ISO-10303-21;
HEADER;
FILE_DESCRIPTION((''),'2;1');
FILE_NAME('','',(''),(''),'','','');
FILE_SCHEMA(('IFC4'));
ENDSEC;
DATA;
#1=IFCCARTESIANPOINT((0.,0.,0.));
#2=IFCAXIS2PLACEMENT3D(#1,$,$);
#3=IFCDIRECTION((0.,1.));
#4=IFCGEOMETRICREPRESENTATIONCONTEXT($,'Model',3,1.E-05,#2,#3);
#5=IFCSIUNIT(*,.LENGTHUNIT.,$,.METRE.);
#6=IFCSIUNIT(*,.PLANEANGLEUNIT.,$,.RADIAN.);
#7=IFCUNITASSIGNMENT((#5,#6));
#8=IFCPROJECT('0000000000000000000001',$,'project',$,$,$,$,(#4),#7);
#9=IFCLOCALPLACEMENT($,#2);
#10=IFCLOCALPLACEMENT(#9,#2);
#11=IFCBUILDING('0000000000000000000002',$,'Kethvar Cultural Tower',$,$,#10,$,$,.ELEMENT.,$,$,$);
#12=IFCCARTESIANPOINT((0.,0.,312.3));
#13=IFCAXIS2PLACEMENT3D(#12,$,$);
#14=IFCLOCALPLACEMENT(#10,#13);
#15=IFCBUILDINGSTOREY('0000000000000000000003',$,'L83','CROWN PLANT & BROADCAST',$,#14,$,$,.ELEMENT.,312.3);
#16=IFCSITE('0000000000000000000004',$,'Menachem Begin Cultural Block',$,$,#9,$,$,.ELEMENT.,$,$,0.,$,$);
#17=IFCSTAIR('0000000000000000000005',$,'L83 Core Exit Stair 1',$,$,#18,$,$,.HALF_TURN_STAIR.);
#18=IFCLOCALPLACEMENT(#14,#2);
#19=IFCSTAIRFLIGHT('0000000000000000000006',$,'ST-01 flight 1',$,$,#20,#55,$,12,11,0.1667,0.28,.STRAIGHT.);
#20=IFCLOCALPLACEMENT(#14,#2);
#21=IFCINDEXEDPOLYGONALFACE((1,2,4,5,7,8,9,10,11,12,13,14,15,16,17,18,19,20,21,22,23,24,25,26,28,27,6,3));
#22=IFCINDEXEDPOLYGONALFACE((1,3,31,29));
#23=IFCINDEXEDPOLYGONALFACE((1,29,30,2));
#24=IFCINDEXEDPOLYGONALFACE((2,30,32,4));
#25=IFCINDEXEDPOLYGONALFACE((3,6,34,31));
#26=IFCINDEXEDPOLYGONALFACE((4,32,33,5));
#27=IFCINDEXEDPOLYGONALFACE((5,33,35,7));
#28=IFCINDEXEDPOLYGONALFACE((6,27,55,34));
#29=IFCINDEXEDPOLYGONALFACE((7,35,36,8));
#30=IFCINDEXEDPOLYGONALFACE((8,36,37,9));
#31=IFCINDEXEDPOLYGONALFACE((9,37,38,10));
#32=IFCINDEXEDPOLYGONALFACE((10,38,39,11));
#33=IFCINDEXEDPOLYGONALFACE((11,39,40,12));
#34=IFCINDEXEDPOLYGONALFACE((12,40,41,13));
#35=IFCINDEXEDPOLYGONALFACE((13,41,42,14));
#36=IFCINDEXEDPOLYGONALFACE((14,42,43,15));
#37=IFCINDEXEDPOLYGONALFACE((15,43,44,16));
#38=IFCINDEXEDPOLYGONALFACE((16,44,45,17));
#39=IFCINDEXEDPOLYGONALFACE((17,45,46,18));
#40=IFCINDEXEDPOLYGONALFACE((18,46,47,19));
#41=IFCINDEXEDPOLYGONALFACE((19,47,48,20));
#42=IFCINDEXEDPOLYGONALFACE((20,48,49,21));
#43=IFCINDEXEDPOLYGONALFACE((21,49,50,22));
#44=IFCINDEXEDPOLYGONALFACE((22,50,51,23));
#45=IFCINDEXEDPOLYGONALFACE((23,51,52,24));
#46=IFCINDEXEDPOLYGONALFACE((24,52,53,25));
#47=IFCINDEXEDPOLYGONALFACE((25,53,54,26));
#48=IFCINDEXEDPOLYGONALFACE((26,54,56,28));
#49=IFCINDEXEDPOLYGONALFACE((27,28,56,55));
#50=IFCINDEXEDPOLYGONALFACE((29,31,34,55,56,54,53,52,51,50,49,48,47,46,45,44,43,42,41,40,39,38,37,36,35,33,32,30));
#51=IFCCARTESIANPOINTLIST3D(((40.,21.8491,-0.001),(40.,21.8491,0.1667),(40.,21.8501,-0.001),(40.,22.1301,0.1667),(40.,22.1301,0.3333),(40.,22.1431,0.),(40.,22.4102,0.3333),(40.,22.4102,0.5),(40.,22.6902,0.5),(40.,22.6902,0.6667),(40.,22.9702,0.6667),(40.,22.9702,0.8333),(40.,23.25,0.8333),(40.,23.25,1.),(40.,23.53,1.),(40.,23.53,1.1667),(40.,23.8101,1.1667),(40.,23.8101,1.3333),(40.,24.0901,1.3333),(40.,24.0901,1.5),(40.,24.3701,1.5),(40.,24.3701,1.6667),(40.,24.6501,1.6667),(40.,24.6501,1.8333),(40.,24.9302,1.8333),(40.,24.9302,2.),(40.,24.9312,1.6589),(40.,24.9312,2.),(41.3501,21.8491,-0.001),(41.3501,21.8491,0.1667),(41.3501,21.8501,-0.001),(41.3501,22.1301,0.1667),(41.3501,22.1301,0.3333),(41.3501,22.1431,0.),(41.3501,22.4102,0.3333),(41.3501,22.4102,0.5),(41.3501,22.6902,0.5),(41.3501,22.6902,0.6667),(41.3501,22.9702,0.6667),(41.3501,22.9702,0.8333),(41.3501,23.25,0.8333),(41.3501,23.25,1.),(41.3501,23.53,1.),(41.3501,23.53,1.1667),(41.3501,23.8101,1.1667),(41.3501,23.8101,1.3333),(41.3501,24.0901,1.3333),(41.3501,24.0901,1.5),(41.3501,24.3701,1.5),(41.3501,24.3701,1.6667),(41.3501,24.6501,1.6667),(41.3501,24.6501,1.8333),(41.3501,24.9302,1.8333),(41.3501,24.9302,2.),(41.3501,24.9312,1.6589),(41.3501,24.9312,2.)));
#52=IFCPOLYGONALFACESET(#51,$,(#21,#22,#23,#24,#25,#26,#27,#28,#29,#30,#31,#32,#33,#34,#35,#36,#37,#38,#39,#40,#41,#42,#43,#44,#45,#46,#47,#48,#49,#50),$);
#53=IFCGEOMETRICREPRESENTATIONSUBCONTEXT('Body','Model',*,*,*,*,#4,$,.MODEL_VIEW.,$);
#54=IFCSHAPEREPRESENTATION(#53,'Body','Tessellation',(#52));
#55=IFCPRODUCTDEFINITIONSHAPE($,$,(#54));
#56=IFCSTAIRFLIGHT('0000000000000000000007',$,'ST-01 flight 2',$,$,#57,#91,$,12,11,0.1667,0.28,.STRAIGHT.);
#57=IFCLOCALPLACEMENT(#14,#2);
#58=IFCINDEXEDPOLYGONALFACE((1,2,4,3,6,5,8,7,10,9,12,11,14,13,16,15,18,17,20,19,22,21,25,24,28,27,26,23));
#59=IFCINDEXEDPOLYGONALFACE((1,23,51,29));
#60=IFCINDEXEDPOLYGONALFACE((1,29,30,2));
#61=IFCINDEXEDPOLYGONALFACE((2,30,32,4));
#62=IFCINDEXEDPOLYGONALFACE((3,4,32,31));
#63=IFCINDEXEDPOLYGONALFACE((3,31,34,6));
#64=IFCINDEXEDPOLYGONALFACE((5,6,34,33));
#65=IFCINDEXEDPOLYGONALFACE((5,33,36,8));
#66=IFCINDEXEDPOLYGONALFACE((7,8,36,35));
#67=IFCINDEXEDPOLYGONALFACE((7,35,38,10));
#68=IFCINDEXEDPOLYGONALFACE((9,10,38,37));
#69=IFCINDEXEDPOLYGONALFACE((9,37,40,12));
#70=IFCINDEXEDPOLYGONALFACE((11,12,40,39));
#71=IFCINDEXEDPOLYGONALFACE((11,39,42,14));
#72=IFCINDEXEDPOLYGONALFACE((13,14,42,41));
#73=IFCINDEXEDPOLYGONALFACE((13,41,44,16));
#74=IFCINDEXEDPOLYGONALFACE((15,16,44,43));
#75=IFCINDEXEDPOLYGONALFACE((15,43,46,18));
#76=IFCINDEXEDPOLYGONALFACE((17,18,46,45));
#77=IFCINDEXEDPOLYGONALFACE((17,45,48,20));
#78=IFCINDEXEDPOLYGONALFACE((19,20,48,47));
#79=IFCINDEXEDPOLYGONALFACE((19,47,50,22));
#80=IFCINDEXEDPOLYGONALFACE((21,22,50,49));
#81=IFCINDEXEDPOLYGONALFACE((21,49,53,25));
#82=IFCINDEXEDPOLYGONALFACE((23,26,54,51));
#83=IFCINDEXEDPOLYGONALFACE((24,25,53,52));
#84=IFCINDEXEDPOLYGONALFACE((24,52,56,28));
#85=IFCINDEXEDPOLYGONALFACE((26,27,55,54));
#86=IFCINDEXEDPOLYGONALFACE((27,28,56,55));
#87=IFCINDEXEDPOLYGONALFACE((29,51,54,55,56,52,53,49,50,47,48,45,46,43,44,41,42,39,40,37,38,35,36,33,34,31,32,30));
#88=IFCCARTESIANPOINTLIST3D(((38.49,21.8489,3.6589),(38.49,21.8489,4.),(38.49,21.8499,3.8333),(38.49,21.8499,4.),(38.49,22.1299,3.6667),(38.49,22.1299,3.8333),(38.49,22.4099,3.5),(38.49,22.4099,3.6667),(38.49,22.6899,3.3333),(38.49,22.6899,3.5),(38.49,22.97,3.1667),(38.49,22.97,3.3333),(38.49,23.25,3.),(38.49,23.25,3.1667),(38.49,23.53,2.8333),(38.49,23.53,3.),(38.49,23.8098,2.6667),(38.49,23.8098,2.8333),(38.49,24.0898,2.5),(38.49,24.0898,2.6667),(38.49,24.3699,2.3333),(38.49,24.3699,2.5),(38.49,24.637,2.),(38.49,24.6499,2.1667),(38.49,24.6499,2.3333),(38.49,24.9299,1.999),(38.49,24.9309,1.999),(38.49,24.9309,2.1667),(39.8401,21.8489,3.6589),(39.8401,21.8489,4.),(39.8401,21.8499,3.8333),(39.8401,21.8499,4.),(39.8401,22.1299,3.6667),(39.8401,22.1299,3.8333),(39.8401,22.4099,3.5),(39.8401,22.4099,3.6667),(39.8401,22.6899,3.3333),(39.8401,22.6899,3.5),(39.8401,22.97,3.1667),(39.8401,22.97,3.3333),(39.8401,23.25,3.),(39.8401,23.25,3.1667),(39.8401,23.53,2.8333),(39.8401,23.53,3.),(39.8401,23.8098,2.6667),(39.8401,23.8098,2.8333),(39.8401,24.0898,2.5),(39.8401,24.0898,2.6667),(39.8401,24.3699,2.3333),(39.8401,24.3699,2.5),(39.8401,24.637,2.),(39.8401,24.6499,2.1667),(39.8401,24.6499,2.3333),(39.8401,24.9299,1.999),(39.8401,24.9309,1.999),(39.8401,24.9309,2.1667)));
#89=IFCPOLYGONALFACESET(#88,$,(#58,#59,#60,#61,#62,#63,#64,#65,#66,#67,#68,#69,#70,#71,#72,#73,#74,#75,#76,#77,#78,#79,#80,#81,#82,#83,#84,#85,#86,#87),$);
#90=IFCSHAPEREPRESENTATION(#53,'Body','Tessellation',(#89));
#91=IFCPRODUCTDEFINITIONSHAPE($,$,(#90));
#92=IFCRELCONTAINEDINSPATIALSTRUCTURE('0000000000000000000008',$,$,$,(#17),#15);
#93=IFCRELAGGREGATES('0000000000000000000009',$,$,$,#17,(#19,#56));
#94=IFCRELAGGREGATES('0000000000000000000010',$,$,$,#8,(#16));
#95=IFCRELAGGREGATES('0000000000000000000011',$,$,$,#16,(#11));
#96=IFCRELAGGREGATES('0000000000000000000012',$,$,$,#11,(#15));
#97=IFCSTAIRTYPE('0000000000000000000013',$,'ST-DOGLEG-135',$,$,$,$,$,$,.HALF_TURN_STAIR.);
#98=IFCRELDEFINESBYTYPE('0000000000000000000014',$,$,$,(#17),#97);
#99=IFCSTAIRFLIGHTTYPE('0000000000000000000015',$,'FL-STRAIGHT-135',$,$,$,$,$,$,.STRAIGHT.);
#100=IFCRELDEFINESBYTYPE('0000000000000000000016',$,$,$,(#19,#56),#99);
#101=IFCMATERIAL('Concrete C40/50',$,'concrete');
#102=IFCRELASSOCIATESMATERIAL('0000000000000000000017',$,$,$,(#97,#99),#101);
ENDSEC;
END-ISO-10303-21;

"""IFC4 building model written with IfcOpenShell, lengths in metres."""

from ifc_helpers import new_model, si_unit, direction, frame, origin, place, context, subcontext, project, spatial, polyline, outline, extrude, material, type_object, element, aggregate, save


model = new_model("IFC4")

# Units and contexts
model_context = context("Model", 3, precision=1e-05, world=origin(), true_north=direction((0.0, 1.0)))
body_context = subcontext(model_context, "Body", "Model", "MODEL_VIEW")
ifc_project = project(units=[si_unit("LENGTHUNIT", "METRE"), si_unit("PLANEANGLEUNIT", "RADIAN")], contexts=[model_context])

# Site, building, storey
site_placement = place(None, origin())
site = spatial("IfcSite", under=ifc_project, at=site_placement, Name="Menachem Begin Cultural Block", CompositionType="ELEMENT", RefElevation=0.0)
building_placement = place(site_placement, origin())
building = spatial("IfcBuilding", under=site, at=building_placement, Name="Kethvar Cultural Tower", CompositionType="ELEMENT")
storey_placement = place(building_placement, frame((0.0, 0.0, 312.3)))
storey = spatial("IfcBuildingStorey", under=building, at=storey_placement, Name="L83", Description="CROWN PLANT & BROADCAST", CompositionType="ELEMENT", Elevation=312.3)

# Stair, stair flights
ifc_material_1 = material(Name="Concrete C40/50", Category="concrete")
stair_type = type_object("IfcStairType", Name="ST-DOGLEG-135", PredefinedType="HALF_TURN_STAIR", material=ifc_material_1)
stair_placement = place(storey_placement, origin())
stair = element("IfcStair", 1, at=stair_placement, inside=storey, type_object=stair_type, Name="L83 Core Exit Stair 1", PredefinedType="HALF_TURN_STAIR")
stair_flight_type = type_object("IfcStairFlightType", Name="FL-STRAIGHT-135", PredefinedType="STRAIGHT", material=ifc_material_1)
stair_flight_1_placement = place(storey_placement, frame((40.675, 21.8501, 0.0), z_axis=(0.0, 0.0, 1.0), x_axis=(0.0, 1.0, 0.0)))
stair_flight_1 = element("IfcStairFlight", 2, at=stair_flight_1_placement, type_object=stair_flight_type, Name="ST-01 flight 1", NumberOfRisers=12, NumberOfTreads=11, PredefinedType="STRAIGHT", RiserHeight=0.1667, TreadLength=0.28, context=body_context, shape_type="SweptSolid", body=[
    extrude(outline(polyline([(-0.001, -0.001), (-0.001, 0.1667), (0.28, 0.1667), (0.28, 0.3333), (0.5601, 0.3333), (0.5601, 0.5), (0.8401, 0.5), (0.8401, 0.6667), (1.1201, 0.6667), (1.1201, 0.8333), (1.3999, 0.8333), (1.3999, 1.0), (1.6799, 1.0), (1.6799, 1.1667), (1.96, 1.1667), (1.96, 1.3333), (2.24, 1.3333), (2.24, 1.5), (2.52, 1.5), (2.52, 1.6667), (2.8, 1.6667), (2.8, 1.8333), (3.0801, 1.8333), (3.0801, 2.0), (3.0811, 2.0), (3.0811, 1.6589), (0.293, 0.0), (0.0, -0.001), (-0.001, -0.001)])), frame((0.0, 0.675, 0.0), z_axis=(0.0, -1.0, 0.0), x_axis=(1.0, 0.0, 0.0)), (0.0, 0.0, 1.0), 1.3501),
])
stair_flight_2_placement = place(storey_placement, frame((39.165, 24.9299, 2.0), z_axis=(0.0, 0.0, 1.0), x_axis=(0.0, -1.0, 0.0)))
stair_flight_2 = element("IfcStairFlight", 3, at=stair_flight_2_placement, type_object=stair_flight_type, Name="ST-01 flight 2", NumberOfRisers=12, NumberOfTreads=11, PredefinedType="STRAIGHT", RiserHeight=0.1667, TreadLength=0.28, context=body_context, shape_type="SweptSolid", body=[
    extrude(outline(polyline([(-0.001, -0.001), (-0.001, 0.1667), (0.28, 0.1667), (0.28, 0.3333), (0.5601, 0.3333), (0.5601, 0.5), (0.8401, 0.5), (0.8401, 0.6667), (1.1201, 0.6667), (1.1201, 0.8333), (1.3999, 0.8333), (1.3999, 1.0), (1.6799, 1.0), (1.6799, 1.1667), (1.96, 1.1667), (1.96, 1.3333), (2.24, 1.3333), (2.24, 1.5), (2.52, 1.5), (2.52, 1.6667), (2.8, 1.6667), (2.8, 1.8333), (3.0801, 1.8333), (3.0801, 2.0), (3.0811, 2.0), (3.0811, 1.6589), (0.293, 0.0), (0.0, -0.001), (-0.001, -0.001)])), frame((0.0, 0.675, 0.0), z_axis=(0.0, -1.0, 0.0), x_axis=(1.0, 0.0, 0.0)), (0.0, 0.0, 1.0), 1.3501),
])
aggregate(stair, [stair_flight_1, stair_flight_2])

save(model, "model.ifc")
